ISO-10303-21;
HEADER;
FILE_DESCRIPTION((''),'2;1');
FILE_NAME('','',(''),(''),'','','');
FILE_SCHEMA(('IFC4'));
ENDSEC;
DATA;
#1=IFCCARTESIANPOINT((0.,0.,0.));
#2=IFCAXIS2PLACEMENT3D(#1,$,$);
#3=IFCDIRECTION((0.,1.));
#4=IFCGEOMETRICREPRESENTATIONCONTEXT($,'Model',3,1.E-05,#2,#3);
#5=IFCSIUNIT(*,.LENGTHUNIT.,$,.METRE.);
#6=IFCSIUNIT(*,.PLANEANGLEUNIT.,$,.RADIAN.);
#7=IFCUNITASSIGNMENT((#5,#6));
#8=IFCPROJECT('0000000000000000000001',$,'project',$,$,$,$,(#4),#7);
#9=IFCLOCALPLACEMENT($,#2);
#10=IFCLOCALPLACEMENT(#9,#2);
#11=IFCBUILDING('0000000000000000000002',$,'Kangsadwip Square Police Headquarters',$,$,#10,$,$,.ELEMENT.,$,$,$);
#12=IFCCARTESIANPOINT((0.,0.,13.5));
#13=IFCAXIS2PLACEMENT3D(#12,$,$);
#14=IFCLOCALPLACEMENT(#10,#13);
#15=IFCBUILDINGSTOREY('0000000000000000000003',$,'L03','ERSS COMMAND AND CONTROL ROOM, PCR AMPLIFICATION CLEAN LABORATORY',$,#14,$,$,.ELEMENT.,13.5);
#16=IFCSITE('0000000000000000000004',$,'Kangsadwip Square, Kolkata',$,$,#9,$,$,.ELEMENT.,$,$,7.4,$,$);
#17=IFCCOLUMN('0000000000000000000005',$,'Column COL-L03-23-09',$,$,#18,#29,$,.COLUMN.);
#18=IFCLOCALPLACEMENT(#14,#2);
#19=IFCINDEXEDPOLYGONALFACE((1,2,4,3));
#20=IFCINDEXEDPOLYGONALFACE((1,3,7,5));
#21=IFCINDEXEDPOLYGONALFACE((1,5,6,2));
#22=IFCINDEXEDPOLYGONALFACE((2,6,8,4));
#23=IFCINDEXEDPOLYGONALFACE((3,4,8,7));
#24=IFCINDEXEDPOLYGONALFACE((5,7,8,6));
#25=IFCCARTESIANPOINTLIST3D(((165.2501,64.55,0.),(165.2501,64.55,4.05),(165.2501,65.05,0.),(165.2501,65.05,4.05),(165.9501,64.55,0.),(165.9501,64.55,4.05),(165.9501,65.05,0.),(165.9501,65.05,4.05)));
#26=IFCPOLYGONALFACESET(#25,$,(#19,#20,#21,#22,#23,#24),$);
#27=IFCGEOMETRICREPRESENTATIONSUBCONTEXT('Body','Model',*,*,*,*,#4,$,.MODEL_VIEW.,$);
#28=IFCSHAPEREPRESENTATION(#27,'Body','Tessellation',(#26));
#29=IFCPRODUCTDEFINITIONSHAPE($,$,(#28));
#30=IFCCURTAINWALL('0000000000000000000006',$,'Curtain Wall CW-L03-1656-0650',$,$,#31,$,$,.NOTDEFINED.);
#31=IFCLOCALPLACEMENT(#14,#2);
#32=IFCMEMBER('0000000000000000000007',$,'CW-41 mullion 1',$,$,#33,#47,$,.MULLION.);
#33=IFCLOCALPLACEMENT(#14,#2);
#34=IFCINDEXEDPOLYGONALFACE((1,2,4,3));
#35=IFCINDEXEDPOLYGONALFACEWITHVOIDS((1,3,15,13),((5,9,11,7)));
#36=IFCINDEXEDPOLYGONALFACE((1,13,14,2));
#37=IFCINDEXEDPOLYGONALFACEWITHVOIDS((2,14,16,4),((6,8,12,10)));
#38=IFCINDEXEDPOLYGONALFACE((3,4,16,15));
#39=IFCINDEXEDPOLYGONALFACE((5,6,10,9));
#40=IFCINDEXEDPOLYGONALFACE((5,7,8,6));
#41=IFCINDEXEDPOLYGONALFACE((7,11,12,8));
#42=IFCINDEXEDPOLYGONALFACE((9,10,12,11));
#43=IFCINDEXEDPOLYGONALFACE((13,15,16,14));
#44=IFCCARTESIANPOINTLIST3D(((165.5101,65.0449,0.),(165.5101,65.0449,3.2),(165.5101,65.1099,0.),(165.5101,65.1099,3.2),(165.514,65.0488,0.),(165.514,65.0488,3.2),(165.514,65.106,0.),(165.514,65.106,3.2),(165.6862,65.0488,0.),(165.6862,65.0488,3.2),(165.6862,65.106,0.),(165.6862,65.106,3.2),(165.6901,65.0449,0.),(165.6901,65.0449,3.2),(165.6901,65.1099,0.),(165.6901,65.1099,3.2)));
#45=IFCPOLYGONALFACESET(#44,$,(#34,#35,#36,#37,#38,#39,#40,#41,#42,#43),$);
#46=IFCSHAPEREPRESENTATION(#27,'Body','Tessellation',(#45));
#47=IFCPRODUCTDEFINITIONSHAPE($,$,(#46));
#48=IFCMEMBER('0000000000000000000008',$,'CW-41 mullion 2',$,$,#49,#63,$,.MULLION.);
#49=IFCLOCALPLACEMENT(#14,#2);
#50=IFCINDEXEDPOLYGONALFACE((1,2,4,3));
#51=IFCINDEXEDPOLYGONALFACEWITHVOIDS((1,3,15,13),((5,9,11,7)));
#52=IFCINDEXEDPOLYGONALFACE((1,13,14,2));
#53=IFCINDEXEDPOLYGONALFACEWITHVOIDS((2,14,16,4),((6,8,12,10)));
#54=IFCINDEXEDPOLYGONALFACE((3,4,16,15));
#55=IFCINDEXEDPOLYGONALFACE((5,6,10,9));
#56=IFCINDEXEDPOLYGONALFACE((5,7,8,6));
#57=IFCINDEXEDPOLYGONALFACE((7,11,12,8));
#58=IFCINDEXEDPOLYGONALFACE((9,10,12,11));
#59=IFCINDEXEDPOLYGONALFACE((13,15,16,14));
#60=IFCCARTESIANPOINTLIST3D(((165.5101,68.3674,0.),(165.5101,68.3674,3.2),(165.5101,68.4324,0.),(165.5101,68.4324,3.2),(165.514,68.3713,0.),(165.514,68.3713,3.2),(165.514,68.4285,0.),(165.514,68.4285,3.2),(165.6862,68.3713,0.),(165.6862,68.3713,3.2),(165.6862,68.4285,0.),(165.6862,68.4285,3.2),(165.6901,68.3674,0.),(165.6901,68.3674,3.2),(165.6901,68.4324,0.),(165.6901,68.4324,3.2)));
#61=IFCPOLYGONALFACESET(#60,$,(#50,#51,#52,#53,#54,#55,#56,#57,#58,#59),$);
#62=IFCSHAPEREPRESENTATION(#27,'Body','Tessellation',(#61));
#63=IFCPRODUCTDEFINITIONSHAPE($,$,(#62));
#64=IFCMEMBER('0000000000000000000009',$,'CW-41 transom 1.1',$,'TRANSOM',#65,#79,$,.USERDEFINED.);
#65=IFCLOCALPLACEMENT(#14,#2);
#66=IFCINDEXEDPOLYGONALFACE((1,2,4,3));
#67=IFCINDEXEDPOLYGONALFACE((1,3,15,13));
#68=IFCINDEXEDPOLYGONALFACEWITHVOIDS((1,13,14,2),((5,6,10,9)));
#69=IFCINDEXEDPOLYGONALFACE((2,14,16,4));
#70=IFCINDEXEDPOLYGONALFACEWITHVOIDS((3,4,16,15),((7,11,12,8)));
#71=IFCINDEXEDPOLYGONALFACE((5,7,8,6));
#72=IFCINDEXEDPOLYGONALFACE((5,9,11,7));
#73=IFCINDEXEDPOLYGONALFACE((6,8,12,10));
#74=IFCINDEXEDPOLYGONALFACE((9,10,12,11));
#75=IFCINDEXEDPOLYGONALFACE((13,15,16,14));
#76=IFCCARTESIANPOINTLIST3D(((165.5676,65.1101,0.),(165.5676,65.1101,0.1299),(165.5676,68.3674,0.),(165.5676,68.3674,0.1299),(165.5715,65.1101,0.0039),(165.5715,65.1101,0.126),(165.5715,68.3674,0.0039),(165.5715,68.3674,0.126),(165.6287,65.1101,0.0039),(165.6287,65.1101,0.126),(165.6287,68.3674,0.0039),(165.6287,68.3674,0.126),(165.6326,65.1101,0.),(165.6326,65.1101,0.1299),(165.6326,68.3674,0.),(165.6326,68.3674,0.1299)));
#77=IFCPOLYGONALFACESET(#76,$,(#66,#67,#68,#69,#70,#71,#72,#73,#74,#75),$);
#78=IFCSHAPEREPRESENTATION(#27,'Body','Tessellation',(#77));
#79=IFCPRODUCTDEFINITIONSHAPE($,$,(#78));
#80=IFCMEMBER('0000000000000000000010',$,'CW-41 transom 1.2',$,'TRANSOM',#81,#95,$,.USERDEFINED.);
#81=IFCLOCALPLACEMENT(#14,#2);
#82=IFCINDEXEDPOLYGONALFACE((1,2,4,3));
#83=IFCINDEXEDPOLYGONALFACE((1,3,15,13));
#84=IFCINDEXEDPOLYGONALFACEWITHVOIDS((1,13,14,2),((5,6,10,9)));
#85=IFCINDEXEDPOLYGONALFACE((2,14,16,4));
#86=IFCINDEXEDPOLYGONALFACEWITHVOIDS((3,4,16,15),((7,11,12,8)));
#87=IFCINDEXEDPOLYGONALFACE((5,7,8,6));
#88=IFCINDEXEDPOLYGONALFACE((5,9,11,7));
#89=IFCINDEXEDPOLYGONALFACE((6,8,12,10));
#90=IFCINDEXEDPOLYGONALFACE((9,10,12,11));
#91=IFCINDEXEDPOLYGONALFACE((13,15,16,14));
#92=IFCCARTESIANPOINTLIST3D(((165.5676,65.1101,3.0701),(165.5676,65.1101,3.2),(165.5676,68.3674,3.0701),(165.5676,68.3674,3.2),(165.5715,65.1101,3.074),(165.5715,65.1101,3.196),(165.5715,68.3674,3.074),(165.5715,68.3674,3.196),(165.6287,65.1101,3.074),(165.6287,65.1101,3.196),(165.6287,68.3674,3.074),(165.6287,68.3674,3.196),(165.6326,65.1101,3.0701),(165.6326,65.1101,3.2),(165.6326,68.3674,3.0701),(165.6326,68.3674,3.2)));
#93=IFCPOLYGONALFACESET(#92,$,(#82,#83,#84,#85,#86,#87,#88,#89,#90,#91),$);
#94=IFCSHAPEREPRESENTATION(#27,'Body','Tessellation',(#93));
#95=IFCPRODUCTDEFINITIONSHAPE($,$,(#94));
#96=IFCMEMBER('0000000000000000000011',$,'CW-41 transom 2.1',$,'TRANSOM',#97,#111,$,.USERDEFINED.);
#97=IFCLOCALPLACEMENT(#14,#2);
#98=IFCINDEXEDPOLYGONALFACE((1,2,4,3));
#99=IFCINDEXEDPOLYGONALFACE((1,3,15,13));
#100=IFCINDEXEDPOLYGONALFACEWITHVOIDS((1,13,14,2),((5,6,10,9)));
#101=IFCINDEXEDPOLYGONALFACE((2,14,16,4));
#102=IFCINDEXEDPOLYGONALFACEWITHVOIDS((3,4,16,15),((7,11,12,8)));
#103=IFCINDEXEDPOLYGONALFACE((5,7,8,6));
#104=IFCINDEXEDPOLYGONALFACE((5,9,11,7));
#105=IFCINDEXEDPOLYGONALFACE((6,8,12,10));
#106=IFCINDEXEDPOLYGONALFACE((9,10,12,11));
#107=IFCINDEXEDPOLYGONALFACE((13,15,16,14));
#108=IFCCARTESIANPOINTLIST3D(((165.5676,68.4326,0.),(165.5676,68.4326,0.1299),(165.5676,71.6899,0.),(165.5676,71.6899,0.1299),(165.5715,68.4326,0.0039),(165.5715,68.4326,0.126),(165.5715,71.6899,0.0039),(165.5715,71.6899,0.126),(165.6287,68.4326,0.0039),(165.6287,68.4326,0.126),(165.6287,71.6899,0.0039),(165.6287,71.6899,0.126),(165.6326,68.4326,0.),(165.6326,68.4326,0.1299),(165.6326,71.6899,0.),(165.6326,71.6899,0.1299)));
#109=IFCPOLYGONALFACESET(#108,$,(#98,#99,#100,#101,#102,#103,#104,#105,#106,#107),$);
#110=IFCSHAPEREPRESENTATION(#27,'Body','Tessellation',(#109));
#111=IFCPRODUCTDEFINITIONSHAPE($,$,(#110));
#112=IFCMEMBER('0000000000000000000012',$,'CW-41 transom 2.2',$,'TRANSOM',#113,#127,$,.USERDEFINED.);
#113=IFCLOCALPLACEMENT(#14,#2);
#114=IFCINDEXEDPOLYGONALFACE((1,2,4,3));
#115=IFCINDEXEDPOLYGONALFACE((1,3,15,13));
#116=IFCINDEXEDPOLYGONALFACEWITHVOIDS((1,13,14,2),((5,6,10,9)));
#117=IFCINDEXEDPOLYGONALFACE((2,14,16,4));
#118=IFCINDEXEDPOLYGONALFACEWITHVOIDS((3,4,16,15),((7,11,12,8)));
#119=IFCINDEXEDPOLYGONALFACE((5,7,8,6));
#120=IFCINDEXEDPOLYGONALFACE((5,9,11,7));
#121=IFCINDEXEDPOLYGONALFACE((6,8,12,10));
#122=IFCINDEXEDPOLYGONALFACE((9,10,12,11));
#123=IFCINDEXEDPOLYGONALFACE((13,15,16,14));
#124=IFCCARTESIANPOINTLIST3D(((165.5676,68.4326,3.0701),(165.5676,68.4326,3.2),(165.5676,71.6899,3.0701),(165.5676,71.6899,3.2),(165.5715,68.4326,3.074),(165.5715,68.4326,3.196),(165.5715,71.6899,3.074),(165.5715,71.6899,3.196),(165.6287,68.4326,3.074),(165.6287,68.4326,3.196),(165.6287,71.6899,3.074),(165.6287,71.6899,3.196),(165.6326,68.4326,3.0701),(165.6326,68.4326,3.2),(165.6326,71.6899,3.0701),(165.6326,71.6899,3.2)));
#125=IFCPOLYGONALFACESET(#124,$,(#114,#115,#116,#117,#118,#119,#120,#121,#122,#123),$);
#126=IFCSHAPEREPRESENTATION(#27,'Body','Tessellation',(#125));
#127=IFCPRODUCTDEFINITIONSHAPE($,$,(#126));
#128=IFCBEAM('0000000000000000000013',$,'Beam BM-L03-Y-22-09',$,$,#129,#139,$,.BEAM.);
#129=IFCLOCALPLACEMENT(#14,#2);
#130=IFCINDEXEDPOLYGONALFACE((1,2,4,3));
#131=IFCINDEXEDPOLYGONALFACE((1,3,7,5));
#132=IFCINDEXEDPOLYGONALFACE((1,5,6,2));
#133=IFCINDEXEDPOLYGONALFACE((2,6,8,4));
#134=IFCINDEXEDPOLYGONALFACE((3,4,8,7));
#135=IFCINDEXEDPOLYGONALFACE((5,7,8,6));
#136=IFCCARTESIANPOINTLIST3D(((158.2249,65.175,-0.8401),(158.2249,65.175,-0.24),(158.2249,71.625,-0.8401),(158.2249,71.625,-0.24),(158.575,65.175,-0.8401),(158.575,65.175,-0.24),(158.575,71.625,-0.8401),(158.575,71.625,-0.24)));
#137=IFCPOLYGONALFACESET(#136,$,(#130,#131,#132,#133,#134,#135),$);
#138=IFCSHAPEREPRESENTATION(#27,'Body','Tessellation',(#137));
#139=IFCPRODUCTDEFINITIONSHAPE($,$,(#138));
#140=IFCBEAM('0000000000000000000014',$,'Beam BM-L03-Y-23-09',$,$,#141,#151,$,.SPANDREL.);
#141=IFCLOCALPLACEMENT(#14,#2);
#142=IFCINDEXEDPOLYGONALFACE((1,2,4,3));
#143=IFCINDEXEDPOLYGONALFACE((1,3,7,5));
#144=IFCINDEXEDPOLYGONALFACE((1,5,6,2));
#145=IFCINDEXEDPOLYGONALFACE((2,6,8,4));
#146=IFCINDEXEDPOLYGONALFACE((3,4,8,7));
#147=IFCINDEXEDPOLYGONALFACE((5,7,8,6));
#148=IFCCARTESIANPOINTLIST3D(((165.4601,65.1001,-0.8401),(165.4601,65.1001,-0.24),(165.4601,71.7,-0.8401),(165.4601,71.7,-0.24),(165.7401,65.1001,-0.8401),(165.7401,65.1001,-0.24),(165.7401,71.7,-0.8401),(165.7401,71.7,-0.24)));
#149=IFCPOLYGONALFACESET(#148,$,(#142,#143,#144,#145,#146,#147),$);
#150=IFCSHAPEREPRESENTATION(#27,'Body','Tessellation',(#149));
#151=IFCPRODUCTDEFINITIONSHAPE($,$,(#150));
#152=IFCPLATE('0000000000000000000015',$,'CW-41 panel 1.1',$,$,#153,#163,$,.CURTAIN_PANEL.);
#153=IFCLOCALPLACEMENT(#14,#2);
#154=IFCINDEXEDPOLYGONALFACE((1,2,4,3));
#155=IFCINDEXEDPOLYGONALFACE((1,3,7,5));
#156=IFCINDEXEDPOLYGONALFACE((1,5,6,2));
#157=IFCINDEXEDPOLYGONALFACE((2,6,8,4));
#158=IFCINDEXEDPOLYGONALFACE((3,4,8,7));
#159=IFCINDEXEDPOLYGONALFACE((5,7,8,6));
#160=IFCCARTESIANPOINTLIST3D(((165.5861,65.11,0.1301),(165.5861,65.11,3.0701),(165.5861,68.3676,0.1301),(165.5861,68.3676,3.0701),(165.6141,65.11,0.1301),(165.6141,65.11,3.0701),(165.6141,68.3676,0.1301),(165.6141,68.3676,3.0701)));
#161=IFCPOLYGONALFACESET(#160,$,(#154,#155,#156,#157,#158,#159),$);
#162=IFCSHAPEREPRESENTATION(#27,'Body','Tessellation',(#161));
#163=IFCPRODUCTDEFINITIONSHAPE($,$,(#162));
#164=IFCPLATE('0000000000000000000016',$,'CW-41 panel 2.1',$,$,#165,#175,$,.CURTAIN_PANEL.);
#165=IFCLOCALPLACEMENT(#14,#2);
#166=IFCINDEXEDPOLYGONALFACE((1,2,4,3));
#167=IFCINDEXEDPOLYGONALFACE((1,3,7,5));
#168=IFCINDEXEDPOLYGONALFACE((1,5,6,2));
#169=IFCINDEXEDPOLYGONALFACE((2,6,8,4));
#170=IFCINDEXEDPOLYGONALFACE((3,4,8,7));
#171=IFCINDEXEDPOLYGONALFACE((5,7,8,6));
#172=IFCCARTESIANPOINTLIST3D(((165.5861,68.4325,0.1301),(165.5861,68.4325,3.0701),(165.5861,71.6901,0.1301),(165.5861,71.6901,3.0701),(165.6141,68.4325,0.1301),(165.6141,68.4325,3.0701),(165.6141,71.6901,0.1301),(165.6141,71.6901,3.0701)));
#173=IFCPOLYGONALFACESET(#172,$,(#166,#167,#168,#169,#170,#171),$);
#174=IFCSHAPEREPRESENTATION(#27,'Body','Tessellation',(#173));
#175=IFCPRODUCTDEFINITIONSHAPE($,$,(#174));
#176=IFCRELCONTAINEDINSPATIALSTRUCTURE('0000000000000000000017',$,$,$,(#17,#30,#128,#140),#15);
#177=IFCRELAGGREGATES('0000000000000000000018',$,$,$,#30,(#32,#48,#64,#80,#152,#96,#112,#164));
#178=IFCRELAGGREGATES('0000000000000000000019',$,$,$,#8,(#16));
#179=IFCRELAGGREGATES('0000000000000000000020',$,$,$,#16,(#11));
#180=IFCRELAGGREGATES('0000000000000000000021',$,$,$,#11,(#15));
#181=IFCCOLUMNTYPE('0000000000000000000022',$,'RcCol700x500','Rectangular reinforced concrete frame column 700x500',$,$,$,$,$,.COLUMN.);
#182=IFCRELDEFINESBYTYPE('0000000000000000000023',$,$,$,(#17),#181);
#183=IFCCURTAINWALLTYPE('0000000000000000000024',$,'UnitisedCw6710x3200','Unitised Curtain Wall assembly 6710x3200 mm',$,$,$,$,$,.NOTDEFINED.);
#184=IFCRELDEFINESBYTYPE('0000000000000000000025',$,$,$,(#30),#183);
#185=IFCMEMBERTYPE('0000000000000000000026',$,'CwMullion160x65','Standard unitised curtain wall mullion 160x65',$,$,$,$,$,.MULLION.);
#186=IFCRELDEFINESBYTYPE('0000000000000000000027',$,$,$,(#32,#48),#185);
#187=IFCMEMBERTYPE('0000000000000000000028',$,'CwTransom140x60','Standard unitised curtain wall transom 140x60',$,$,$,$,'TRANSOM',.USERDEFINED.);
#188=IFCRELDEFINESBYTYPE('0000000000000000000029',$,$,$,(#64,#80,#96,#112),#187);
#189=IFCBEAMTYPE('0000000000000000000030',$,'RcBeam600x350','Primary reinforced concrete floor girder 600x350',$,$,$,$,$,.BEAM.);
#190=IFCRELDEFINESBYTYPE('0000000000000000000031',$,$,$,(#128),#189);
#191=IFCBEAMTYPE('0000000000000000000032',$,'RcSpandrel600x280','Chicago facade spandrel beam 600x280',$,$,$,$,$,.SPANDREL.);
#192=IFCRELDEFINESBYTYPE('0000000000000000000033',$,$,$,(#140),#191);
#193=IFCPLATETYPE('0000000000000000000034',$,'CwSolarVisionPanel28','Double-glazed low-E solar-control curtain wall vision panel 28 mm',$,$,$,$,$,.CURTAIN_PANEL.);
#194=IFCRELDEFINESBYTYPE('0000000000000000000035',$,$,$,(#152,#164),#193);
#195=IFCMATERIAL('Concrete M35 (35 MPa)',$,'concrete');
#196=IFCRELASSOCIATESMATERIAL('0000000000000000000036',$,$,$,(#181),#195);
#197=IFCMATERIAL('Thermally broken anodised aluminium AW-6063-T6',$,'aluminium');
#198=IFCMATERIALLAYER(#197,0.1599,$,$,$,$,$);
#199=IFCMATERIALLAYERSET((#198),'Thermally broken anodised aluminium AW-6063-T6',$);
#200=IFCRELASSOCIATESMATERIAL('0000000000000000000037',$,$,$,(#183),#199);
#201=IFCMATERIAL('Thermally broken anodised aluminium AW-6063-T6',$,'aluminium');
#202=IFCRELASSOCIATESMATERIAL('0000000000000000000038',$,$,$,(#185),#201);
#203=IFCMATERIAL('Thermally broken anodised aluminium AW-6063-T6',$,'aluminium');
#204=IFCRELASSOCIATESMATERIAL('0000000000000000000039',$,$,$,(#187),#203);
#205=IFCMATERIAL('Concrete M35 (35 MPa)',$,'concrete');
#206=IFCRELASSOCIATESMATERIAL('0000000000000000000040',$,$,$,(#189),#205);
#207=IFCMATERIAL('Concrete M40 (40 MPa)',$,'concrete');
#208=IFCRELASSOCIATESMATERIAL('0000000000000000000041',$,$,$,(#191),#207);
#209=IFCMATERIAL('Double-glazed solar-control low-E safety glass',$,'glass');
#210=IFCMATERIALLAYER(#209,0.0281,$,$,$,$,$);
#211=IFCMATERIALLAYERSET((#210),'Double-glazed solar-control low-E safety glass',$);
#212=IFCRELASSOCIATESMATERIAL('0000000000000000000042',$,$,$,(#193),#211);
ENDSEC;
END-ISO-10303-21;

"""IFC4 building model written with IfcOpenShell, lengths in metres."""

from ifc_helpers import new_model, si_unit, direction, frame, origin, origin_2d, place, context, subcontext, project, spatial, rectangle, hollow_rectangle, extrude, material, layer, layer_set, material_profile, profile_set, type_object, element, aggregate, save


model = new_model("IFC4")

# Units and contexts
model_context = context("Model", 3, precision=1e-05, world=origin(), true_north=direction((0.0, 1.0)))
body_context = subcontext(model_context, "Body", "Model", "MODEL_VIEW")
ifc_project = project(units=[si_unit("LENGTHUNIT", "METRE"), si_unit("PLANEANGLEUNIT", "RADIAN")], contexts=[model_context])

# Site, building, storey
site_placement = place(None, origin())
site = spatial("IfcSite", under=ifc_project, at=site_placement, Name="Kangsadwip Square, Kolkata", CompositionType="ELEMENT", RefElevation=7.4)
building_placement = place(site_placement, origin())
building = spatial("IfcBuilding", under=site, at=building_placement, Name="Kangsadwip Square Police Headquarters", CompositionType="ELEMENT")
storey_placement = place(building_placement, frame((0.0, 0.0, 13.5)))
storey = spatial("IfcBuildingStorey", under=building, at=storey_placement, Name="L03", Description="ERSS COMMAND AND CONTROL ROOM, PCR AMPLIFICATION CLEAN LABORATORY", CompositionType="ELEMENT", Elevation=13.5)

# Column
ifc_material_1 = material(Name="Concrete M35 (35 MPa)", Category="concrete")
ifc_material_profile_1 = material_profile(ifc_material_1, rectangle(XDim=0.5, YDim=0.7, at=origin_2d()), Name="RC COL 700X500")
ifc_profile_set_1 = profile_set([ifc_material_profile_1], Name="Concrete M35 (35 MPa)")
column_type = type_object("IfcColumnType", Name="RcCol700x500", Description="Rectangular reinforced concrete frame column 700x500", PredefinedType="COLUMN", material=ifc_profile_set_1)
column_placement = place(storey_placement, frame((165.6001, 64.8, 0.0), z_axis=(0.0, 0.0, 1.0), x_axis=(0.0, 1.0, 0.0)))
element("IfcColumn", 1, at=column_placement, inside=storey, type_object=column_type, Name="Column COL-L03-23-09", PredefinedType="COLUMN", context=body_context, shape_type="SweptSolid", body=[
    extrude(rectangle(XDim=0.5, YDim=0.7, at=origin_2d()), origin(), (0.0, 0.0, 1.0), 4.05),
])

# Curtain wall, members
ifc_material_2 = material(Name="Thermally broken anodised aluminium AW-6063-T6", Category="aluminium")
ifc_layer_1 = layer(ifc_material_2, 0.1599)
ifc_layer_set_1 = layer_set([ifc_layer_1], Name="Thermally broken anodised aluminium AW-6063-T6")
curtain_wall_type = type_object("IfcCurtainWallType", Name="UnitisedCw6710x3200", Description="Unitised Curtain Wall assembly 6710x3200 mm", PredefinedType="NOTDEFINED", material=ifc_layer_set_1)
curtain_wall_placement = place(storey_placement, origin())
curtain_wall = element("IfcCurtainWall", 2, at=curtain_wall_placement, inside=storey, type_object=curtain_wall_type, Name="Curtain Wall CW-L03-1656-0650", PredefinedType="NOTDEFINED")
ifc_material_3 = material(Name="Thermally broken anodised aluminium AW-6063-T6", Category="aluminium")
ifc_material_profile_2 = material_profile(ifc_material_3, hollow_rectangle(XDim=0.0649, YDim=0.1799, WallThickness=0.0039, at=origin_2d()), Name="CWM 180X65X4")
ifc_profile_set_2 = profile_set([ifc_material_profile_2], Name="Thermally broken anodised aluminium AW-6063-T6")
member_type_1 = type_object("IfcMemberType", Name="CwMullion160x65", Description="Standard unitised curtain wall mullion 160x65", PredefinedType="MULLION", material=ifc_profile_set_2)
member_1_placement = place(storey_placement, frame((165.6001, 65.0774, 0.0), z_axis=(0.0, 0.0, 1.0), x_axis=(0.0, 1.0, 0.0)))
member_1 = element("IfcMember", 3, at=member_1_placement, type_object=member_type_1, Name="CW-41 mullion 1", PredefinedType="MULLION", context=body_context, shape_type="SweptSolid", body=[
    extrude(hollow_rectangle(XDim=0.0649, YDim=0.1799, WallThickness=0.0039, at=origin_2d()), origin(), (0.0, 0.0, 1.0), 3.2),
])
member_2_placement = place(storey_placement, frame((165.6001, 68.3999, 0.0), z_axis=(0.0, 0.0, 1.0), x_axis=(0.0, 1.0, 0.0)))
member_2 = element("IfcMember", 4, at=member_2_placement, type_object=member_type_1, Name="CW-41 mullion 2", PredefinedType="MULLION", context=body_context, shape_type="SweptSolid", body=[
    extrude(hollow_rectangle(XDim=0.0649, YDim=0.1799, WallThickness=0.0039, at=origin_2d()), origin(), (0.0, 0.0, 1.0), 3.2),
])
ifc_material_4 = material(Name="Thermally broken anodised aluminium AW-6063-T6", Category="aluminium")
ifc_material_profile_3 = material_profile(ifc_material_4, hollow_rectangle(XDim=0.0649, YDim=0.1299, WallThickness=0.0039, at=origin_2d()), Name="CWT 130X65X4")
ifc_profile_set_3 = profile_set([ifc_material_profile_3], Name="Thermally broken anodised aluminium AW-6063-T6")
member_type_2 = type_object("IfcMemberType", Name="CwTransom140x60", Description="Standard unitised curtain wall transom 140x60", ElementType="TRANSOM", PredefinedType="USERDEFINED", material=ifc_profile_set_3)
member_3_placement = place(storey_placement, frame((165.6001, 65.1101, 0.0649), z_axis=(0.0, 1.0, 0.0), x_axis=(-1.0, 0.0, 0.0)))
member_3 = element("IfcMember", 5, at=member_3_placement, type_object=member_type_2, Name="CW-41 transom 1.1", ObjectType="TRANSOM", PredefinedType="USERDEFINED", context=body_context, shape_type="SweptSolid", body=[
    extrude(hollow_rectangle(XDim=0.0649, YDim=0.1299, WallThickness=0.0039, at=origin_2d()), origin(), (0.0, 0.0, 1.0), 3.2573),
])
member_4_placement = place(storey_placement, frame((165.6001, 65.1101, 3.135), z_axis=(0.0, 1.0, 0.0), x_axis=(-1.0, 0.0, 0.0)))
member_4 = element("IfcMember", 6, at=member_4_placement, type_object=member_type_2, Name="CW-41 transom 1.2", ObjectType="TRANSOM", PredefinedType="USERDEFINED", context=body_context, shape_type="SweptSolid", body=[
    extrude(hollow_rectangle(XDim=0.0649, YDim=0.1299, WallThickness=0.0039, at=origin_2d()), origin(), (0.0, 0.0, 1.0), 3.2573),
])
member_5_placement = place(storey_placement, frame((165.6001, 68.4326, 0.0649), z_axis=(0.0, 1.0, 0.0), x_axis=(-1.0, 0.0, 0.0)))
member_5 = element("IfcMember", 7, at=member_5_placement, type_object=member_type_2, Name="CW-41 transom 2.1", ObjectType="TRANSOM", PredefinedType="USERDEFINED", context=body_context, shape_type="SweptSolid", body=[
    extrude(hollow_rectangle(XDim=0.0649, YDim=0.1299, WallThickness=0.0039, at=origin_2d()), origin(), (0.0, 0.0, 1.0), 3.2573),
])
member_6_placement = place(storey_placement, frame((165.6001, 68.4326, 3.135), z_axis=(0.0, 1.0, 0.0), x_axis=(-1.0, 0.0, 0.0)))
member_6 = element("IfcMember", 8, at=member_6_placement, type_object=member_type_2, Name="CW-41 transom 2.2", ObjectType="TRANSOM", PredefinedType="USERDEFINED", context=body_context, shape_type="SweptSolid", body=[
    extrude(hollow_rectangle(XDim=0.0649, YDim=0.1299, WallThickness=0.0039, at=origin_2d()), origin(), (0.0, 0.0, 1.0), 3.2573),
])

# Beams
ifc_material_5 = material(Name="Concrete M35 (35 MPa)", Category="concrete")
ifc_material_profile_4 = material_profile(ifc_material_5, rectangle(XDim=0.3501, YDim=0.6001, at=origin_2d()), Name="RC BM 600X350")
ifc_profile_set_4 = profile_set([ifc_material_profile_4], Name="Concrete M35 (35 MPa)")
beam_type_1 = type_object("IfcBeamType", Name="RcBeam600x350", Description="Primary reinforced concrete floor girder 600x350", PredefinedType="BEAM", material=ifc_profile_set_4)
beam_1_placement = place(storey_placement, frame((158.3999, 65.175, -0.54), z_axis=(0.0, 1.0, 0.0), x_axis=(-1.0, 0.0, 0.0)))
element("IfcBeam", 9, at=beam_1_placement, inside=storey, type_object=beam_type_1, Name="Beam BM-L03-Y-22-09", PredefinedType="BEAM", context=body_context, shape_type="SweptSolid", body=[
    extrude(rectangle(XDim=0.3501, YDim=0.6001, at=origin_2d()), origin(), (0.0, 0.0, 1.0), 6.45),
])
ifc_material_6 = material(Name="Concrete M40 (40 MPa)", Category="concrete")
ifc_material_profile_5 = material_profile(ifc_material_6, rectangle(XDim=0.28, YDim=0.6001, at=origin_2d()), Name="RC SPN 600X280")
ifc_profile_set_5 = profile_set([ifc_material_profile_5], Name="Concrete M40 (40 MPa)")
beam_type_2 = type_object("IfcBeamType", Name="RcSpandrel600x280", Description="Chicago facade spandrel beam 600x280", PredefinedType="SPANDREL", material=ifc_profile_set_5)
beam_2_placement = place(storey_placement, frame((165.6001, 65.1001, -0.54), z_axis=(0.0, 1.0, 0.0), x_axis=(-1.0, 0.0, 0.0)))
element("IfcBeam", 10, at=beam_2_placement, inside=storey, type_object=beam_type_2, Name="Beam BM-L03-Y-23-09", PredefinedType="SPANDREL", context=body_context, shape_type="SweptSolid", body=[
    extrude(rectangle(XDim=0.28, YDim=0.6001, at=origin_2d()), origin(), (0.0, 0.0, 1.0), 6.5999),
])

# Plates
ifc_material_7 = material(Name="Double-glazed solar-control low-E safety glass", Category="glass")
ifc_layer_2 = layer(ifc_material_7, 0.0281)
ifc_layer_set_2 = layer_set([ifc_layer_2], Name="Double-glazed solar-control low-E safety glass")
plate_type = type_object("IfcPlateType", Name="CwSolarVisionPanel28", Description="Double-glazed low-E solar-control curtain wall vision panel 28 mm", PredefinedType="CURTAIN_PANEL", material=ifc_layer_set_2)
plate_1_placement = place(storey_placement, frame((165.6001, 66.7388, 0.1301), z_axis=(0.0, 0.0, 1.0), x_axis=(0.0, 1.0, 0.0)))
plate_1 = element("IfcPlate", 11, at=plate_1_placement, type_object=plate_type, Name="CW-41 panel 1.1", PredefinedType="CURTAIN_PANEL", context=body_context, shape_type="SweptSolid", body=[
    extrude(rectangle(XDim=3.2576, YDim=0.0281, at=origin_2d()), origin(), (0.0, 0.0, 1.0), 2.9399),
])
plate_2_placement = place(storey_placement, frame((165.6001, 70.0613, 0.1301), z_axis=(0.0, 0.0, 1.0), x_axis=(0.0, 1.0, 0.0)))
plate_2 = element("IfcPlate", 12, at=plate_2_placement, type_object=plate_type, Name="CW-41 panel 2.1", PredefinedType="CURTAIN_PANEL", context=body_context, shape_type="SweptSolid", body=[
    extrude(rectangle(XDim=3.2576, YDim=0.0281, at=origin_2d()), origin(), (0.0, 0.0, 1.0), 2.9399),
])
aggregate(curtain_wall, [member_1, member_2, member_3, member_4, plate_1, member_5, member_6, plate_2])

save(model, "model.ifc")
